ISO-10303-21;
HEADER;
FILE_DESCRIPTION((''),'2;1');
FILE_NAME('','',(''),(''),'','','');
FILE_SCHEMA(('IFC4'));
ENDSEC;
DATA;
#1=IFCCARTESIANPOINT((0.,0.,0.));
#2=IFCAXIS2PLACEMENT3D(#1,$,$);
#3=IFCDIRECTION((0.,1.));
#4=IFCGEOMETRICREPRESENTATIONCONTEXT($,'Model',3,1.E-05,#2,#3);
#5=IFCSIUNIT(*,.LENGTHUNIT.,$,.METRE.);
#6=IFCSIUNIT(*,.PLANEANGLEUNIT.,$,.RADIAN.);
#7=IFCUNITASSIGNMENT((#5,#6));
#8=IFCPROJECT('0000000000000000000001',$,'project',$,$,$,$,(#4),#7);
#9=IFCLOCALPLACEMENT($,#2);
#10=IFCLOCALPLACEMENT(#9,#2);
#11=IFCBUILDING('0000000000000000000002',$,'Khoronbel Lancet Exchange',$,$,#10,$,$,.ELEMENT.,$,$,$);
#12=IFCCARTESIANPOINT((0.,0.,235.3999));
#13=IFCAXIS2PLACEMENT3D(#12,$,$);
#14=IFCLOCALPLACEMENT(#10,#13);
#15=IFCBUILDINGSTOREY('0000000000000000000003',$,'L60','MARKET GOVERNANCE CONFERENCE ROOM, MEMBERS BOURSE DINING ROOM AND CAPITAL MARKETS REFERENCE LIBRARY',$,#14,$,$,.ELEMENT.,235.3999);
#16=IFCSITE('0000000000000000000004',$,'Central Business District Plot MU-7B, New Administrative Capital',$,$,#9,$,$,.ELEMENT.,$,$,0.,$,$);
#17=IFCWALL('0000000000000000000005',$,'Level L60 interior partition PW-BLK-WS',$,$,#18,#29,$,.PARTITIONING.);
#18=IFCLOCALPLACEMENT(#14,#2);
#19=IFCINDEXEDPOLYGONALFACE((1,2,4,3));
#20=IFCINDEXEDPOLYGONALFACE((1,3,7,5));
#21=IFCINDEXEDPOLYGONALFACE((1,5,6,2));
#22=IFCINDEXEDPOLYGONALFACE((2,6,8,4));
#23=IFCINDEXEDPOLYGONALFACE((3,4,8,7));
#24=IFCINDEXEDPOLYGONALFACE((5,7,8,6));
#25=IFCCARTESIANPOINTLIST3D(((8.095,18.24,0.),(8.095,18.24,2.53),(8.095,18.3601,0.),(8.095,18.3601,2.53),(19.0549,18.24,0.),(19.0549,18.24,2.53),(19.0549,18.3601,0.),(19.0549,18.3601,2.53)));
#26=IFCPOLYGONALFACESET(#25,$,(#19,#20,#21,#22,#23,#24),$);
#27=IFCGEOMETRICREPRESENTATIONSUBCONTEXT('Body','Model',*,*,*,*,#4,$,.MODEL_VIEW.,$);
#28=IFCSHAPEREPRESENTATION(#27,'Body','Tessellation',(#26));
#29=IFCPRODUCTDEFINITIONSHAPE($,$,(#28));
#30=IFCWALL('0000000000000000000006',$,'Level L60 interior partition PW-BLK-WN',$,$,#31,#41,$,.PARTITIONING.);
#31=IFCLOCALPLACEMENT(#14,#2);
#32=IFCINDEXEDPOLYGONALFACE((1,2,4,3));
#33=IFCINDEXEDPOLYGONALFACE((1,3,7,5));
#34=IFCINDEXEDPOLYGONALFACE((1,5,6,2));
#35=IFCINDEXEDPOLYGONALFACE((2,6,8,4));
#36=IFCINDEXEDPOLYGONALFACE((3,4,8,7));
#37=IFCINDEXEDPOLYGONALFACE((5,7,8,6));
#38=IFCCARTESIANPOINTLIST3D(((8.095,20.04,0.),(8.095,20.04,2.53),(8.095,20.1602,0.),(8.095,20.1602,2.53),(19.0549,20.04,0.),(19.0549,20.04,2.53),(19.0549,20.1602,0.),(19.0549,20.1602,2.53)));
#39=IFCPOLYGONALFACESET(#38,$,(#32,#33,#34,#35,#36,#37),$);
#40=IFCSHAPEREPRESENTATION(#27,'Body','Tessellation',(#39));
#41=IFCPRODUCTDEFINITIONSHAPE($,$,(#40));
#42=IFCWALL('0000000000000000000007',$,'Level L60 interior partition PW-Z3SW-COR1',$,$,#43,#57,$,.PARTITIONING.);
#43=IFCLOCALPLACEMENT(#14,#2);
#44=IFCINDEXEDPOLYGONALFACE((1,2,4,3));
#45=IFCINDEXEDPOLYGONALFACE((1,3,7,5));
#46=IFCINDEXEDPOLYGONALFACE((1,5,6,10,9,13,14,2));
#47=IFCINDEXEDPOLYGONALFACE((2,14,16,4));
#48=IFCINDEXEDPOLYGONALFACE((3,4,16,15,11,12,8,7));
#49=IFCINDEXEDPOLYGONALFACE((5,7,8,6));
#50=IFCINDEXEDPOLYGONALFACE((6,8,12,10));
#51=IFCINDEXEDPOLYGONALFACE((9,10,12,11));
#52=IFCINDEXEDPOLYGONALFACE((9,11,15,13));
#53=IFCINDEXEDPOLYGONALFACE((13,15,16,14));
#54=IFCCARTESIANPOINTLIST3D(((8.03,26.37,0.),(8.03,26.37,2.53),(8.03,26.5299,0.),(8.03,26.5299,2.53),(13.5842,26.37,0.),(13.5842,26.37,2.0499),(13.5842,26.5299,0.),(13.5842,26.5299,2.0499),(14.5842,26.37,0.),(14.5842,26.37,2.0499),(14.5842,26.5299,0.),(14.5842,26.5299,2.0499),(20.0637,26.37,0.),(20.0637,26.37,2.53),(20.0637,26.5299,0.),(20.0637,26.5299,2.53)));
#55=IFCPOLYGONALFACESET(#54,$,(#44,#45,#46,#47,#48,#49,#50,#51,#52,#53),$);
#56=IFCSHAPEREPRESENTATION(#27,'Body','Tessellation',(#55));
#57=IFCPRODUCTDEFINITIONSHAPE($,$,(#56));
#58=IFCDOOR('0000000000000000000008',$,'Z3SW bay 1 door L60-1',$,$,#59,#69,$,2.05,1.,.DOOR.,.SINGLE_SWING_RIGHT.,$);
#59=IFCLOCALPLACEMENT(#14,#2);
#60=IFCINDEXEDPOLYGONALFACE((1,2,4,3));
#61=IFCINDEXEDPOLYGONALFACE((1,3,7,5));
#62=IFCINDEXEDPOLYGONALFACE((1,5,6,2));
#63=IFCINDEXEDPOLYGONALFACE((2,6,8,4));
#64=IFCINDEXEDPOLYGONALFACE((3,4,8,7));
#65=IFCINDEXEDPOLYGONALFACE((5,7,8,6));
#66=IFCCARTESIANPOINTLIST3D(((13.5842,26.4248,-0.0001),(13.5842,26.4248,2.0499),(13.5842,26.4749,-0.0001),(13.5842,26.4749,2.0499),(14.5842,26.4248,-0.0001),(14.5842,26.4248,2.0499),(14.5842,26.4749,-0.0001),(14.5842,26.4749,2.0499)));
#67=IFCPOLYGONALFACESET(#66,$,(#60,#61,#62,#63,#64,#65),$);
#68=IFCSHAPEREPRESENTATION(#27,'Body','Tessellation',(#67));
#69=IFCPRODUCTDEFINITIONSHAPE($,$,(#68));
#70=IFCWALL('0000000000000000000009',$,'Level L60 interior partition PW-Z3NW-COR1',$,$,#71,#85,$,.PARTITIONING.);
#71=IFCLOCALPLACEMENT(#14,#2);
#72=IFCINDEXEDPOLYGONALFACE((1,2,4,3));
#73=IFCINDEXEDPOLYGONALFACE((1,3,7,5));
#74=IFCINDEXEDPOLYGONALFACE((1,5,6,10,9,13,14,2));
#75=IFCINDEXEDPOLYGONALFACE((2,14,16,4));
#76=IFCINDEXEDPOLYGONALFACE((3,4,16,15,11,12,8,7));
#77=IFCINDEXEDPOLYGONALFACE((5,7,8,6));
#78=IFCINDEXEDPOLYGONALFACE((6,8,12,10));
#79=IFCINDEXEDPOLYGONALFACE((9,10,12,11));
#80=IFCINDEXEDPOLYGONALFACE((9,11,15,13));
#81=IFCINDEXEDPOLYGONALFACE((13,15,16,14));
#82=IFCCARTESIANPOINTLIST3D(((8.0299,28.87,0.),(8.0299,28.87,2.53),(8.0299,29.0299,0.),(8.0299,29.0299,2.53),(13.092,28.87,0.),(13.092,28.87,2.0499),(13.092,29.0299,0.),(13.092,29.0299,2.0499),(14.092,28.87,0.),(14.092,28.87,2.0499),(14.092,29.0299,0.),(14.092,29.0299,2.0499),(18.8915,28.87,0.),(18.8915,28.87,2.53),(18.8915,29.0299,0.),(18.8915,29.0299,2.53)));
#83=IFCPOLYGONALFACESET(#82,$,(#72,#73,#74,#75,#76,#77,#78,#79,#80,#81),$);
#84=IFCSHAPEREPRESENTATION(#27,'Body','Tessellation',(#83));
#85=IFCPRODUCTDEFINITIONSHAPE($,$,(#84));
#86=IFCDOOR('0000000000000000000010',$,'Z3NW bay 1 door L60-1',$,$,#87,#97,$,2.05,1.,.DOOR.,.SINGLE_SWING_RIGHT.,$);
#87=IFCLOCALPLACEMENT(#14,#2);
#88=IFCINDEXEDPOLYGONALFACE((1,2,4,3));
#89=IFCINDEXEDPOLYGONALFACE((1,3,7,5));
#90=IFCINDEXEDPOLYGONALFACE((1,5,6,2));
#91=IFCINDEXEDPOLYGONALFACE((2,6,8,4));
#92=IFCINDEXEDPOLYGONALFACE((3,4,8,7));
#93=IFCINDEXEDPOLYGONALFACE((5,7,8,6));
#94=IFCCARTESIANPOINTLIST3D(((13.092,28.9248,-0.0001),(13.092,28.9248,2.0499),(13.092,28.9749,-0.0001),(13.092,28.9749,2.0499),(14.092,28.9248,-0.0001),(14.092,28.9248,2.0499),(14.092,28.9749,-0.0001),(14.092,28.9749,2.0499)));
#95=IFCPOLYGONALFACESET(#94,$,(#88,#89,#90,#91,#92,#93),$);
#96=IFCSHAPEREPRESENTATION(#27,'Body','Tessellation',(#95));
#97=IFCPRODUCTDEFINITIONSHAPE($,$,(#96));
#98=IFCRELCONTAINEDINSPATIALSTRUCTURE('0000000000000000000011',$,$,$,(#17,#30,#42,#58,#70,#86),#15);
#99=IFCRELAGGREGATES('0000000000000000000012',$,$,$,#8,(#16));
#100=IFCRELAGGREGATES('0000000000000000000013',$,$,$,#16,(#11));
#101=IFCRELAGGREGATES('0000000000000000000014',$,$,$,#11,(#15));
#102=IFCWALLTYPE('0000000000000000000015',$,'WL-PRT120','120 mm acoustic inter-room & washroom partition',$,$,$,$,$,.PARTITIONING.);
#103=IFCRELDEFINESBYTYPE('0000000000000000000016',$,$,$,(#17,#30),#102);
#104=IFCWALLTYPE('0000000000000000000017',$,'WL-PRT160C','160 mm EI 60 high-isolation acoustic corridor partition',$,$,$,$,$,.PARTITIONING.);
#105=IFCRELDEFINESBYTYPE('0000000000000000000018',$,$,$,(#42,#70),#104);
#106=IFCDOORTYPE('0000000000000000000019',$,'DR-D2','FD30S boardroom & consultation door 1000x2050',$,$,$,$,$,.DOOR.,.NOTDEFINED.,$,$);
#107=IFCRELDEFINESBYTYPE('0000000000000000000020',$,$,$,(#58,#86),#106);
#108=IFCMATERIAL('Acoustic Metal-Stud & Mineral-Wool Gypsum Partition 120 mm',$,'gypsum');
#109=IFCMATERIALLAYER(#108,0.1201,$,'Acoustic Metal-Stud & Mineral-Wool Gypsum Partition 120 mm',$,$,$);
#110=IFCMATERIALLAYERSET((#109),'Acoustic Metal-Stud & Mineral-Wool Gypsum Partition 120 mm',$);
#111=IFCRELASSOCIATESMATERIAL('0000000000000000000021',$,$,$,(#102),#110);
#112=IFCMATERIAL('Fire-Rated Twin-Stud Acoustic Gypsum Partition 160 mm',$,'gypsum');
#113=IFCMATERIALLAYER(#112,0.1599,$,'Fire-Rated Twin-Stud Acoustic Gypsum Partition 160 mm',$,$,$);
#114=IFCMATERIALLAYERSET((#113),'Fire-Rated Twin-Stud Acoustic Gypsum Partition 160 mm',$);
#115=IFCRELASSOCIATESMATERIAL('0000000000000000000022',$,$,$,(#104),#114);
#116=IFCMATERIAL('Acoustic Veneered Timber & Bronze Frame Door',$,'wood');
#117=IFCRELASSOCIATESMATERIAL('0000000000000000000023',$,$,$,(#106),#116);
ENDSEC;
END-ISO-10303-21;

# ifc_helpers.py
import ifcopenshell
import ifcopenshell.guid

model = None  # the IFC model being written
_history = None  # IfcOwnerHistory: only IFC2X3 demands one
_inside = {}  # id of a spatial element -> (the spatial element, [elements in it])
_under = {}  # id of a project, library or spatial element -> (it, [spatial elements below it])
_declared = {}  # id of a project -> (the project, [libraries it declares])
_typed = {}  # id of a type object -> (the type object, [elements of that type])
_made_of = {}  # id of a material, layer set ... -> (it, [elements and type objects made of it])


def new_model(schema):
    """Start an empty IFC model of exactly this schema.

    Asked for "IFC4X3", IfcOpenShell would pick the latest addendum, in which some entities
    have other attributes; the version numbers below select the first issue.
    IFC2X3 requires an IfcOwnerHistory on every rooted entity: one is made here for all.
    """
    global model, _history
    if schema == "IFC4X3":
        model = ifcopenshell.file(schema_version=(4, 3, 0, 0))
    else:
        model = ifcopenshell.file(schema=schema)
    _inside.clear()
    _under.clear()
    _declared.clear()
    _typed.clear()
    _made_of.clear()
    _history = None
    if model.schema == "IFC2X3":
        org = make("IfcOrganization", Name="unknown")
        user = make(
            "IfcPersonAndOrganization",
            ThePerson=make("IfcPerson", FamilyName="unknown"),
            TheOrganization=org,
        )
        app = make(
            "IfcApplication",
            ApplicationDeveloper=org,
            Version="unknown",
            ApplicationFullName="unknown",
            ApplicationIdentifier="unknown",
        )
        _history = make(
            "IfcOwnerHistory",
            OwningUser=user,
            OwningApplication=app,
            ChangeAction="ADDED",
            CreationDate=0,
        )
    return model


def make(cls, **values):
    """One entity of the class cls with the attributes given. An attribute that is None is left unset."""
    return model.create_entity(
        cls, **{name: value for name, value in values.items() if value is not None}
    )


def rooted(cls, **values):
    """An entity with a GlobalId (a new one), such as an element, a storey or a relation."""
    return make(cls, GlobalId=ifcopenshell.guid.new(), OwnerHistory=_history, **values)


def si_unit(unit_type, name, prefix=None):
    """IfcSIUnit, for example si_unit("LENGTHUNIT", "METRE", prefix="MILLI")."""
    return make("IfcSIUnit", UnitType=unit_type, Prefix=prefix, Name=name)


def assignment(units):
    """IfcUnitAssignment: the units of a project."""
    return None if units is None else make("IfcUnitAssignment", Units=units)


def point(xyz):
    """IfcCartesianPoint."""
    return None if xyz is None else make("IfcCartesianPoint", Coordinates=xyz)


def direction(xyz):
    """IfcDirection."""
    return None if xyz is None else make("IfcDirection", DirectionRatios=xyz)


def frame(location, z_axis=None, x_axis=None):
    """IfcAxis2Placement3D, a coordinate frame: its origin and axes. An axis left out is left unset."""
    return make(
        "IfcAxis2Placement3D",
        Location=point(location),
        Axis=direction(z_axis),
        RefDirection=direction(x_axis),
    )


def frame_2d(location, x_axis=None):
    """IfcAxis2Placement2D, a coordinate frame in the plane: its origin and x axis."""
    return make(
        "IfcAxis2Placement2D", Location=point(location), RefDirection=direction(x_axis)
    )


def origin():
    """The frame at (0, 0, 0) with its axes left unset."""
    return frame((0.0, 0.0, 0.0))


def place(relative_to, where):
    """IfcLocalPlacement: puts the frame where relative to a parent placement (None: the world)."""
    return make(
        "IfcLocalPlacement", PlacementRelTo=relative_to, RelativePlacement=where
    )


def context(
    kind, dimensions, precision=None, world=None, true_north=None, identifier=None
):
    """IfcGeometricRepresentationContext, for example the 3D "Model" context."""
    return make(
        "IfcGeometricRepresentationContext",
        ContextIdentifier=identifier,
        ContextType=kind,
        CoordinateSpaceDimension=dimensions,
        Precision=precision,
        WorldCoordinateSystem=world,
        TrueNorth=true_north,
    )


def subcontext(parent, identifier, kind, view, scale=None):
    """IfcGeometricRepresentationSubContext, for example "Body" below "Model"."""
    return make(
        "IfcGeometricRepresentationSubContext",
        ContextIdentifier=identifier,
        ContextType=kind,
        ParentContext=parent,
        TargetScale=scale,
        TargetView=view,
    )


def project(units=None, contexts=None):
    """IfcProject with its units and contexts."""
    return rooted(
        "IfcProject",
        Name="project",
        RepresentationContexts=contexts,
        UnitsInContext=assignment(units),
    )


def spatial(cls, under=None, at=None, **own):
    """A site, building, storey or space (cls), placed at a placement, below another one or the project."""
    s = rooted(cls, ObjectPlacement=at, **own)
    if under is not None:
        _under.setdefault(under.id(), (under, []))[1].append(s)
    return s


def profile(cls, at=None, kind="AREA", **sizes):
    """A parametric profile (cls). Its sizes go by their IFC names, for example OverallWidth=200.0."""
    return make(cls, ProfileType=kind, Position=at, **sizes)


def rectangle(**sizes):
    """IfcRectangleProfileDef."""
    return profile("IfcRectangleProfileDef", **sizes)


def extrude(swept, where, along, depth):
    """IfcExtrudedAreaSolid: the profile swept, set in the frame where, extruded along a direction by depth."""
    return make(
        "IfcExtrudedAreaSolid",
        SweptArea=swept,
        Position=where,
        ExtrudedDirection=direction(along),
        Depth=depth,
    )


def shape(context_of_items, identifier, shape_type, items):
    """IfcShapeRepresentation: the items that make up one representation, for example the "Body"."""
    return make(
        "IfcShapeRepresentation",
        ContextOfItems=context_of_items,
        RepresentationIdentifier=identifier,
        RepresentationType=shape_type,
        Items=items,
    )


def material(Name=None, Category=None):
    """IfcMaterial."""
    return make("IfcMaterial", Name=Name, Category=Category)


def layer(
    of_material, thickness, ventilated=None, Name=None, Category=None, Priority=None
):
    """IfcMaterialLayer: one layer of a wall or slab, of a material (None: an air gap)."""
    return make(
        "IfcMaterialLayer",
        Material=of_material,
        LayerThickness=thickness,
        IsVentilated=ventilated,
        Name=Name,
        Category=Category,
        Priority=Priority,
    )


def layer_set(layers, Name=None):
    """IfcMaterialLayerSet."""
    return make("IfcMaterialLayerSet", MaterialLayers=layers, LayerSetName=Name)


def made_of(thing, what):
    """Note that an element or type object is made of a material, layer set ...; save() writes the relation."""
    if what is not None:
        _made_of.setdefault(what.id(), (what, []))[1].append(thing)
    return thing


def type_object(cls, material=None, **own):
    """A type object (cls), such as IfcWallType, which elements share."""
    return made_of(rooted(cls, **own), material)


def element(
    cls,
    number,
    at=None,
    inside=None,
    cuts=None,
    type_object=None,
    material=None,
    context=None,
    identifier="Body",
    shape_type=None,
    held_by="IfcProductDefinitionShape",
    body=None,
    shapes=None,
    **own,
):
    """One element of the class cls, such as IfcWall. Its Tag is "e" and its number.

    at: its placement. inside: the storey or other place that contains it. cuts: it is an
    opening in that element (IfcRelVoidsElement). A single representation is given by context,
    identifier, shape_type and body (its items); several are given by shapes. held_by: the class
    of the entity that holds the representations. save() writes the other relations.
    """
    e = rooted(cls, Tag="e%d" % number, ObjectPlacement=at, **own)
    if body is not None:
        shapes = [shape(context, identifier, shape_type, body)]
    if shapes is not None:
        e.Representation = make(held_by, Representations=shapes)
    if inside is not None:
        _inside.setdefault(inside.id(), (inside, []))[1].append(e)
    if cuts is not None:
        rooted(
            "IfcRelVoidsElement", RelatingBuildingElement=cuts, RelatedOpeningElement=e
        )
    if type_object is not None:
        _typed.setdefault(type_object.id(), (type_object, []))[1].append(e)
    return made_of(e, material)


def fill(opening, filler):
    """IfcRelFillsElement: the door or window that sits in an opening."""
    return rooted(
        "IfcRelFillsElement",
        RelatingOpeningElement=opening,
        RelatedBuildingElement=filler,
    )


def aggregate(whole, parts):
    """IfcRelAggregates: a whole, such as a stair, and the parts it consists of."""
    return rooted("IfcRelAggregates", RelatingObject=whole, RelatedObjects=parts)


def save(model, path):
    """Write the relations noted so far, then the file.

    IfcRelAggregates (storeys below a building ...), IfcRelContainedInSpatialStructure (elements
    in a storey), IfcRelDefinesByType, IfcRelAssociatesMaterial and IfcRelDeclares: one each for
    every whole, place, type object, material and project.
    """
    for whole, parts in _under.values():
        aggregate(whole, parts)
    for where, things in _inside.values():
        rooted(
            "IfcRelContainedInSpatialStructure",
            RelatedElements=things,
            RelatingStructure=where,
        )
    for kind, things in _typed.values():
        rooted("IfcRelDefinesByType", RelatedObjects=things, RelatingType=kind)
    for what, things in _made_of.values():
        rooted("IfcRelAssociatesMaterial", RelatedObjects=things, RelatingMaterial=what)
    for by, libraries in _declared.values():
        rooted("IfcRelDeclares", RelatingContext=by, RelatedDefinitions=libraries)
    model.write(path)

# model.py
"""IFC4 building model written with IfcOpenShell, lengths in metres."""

from ifc_helpers import new_model, si_unit, direction, frame, frame_2d, origin, place, context, subcontext, project, spatial, rectangle, extrude, material, layer, layer_set, type_object, element, fill, save


model = new_model("IFC4")

# Units and contexts
model_context = context("Model", 3, precision=1e-05, world=origin(), true_north=direction((0.0, 1.0)))
body_context = subcontext(model_context, "Body", "Model", "MODEL_VIEW")
ifc_project = project(units=[si_unit("LENGTHUNIT", "METRE"), si_unit("PLANEANGLEUNIT", "RADIAN")], contexts=[model_context])

# Site, building, storey
site_placement = place(None, origin())
site = spatial("IfcSite", under=ifc_project, at=site_placement, Name="Central Business District Plot MU-7B, New Administrative Capital", CompositionType="ELEMENT", RefElevation=0.0)
building_placement = place(site_placement, origin())
building = spatial("IfcBuilding", under=site, at=building_placement, Name="Khoronbel Lancet Exchange", CompositionType="ELEMENT")
storey_placement = place(building_placement, frame((0.0, 0.0, 235.3999)))
storey = spatial("IfcBuildingStorey", under=building, at=storey_placement, Name="L60", Description="MARKET GOVERNANCE CONFERENCE ROOM, MEMBERS BOURSE DINING ROOM AND CAPITAL MARKETS REFERENCE LIBRARY", CompositionType="ELEMENT", Elevation=235.3999)

# Walls
ifc_material_1 = material(Name="Acoustic Metal-Stud & Mineral-Wool Gypsum Partition 120 mm", Category="gypsum")
ifc_layer_1 = layer(ifc_material_1, 0.1201, Name="Acoustic Metal-Stud & Mineral-Wool Gypsum Partition 120 mm")
ifc_layer_set_1 = layer_set([ifc_layer_1], Name="Acoustic Metal-Stud & Mineral-Wool Gypsum Partition 120 mm")
wall_type_1 = type_object("IfcWallType", Name="WL-PRT120", Description="120 mm acoustic inter-room & washroom partition", PredefinedType="PARTITIONING", material=ifc_layer_set_1)
for number, where, z_axis, x_axis, name in (
    (1, (8.095, 18.3, 0.0), (0.0, 0.0, 1.0), (1.0, 0.0, 0.0), "Level L60 interior partition PW-BLK-WS"),
    (2, (8.095, 20.1001, 0.0), (0.0, 0.0, 1.0), (1.0, 0.0, 0.0), "Level L60 interior partition PW-BLK-WN"),
):
    element("IfcWall", number, at=place(storey_placement, frame(where, z_axis=z_axis, x_axis=x_axis)), inside=storey, type_object=wall_type_1, Name=name, PredefinedType="PARTITIONING", context=body_context, shape_type="SweptSolid", body=[
        extrude(rectangle(XDim=10.96, YDim=0.1201, at=frame_2d((5.48, 0.0))), origin(), (0.0, 0.0, 1.0), 2.53),
    ])

# Walls, openings, doors
ifc_material_2 = material(Name="Fire-Rated Twin-Stud Acoustic Gypsum Partition 160 mm", Category="gypsum")
ifc_layer_2 = layer(ifc_material_2, 0.1599, Name="Fire-Rated Twin-Stud Acoustic Gypsum Partition 160 mm")
ifc_layer_set_2 = layer_set([ifc_layer_2], Name="Fire-Rated Twin-Stud Acoustic Gypsum Partition 160 mm")
wall_type_2 = type_object("IfcWallType", Name="WL-PRT160C", Description="160 mm EI 60 high-isolation acoustic corridor partition", PredefinedType="PARTITIONING", material=ifc_layer_set_2)
wall_1_placement = place(storey_placement, frame((8.03, 26.45, 0.0), z_axis=(0.0, 0.0, 1.0), x_axis=(1.0, 0.0, 0.0)))
wall_1 = element("IfcWall", 3, at=wall_1_placement, inside=storey, type_object=wall_type_2, Name="Level L60 interior partition PW-Z3SW-COR1", PredefinedType="PARTITIONING", context=body_context, shape_type="SweptSolid", body=[
    extrude(rectangle(XDim=12.0337, YDim=0.1599, at=frame_2d((6.0168, 0.0))), origin(), (0.0, 0.0, 1.0), 2.53),
])
opening_1_placement = place(wall_1_placement, frame((5.5542, 0.0, 0.0)))
opening_1 = element("IfcOpeningElement", 4, at=opening_1_placement, cuts=wall_1, PredefinedType="OPENING", context=body_context, shape_type="SweptSolid", body=[
    extrude(rectangle(XDim=1.0, YDim=2.05, at=frame_2d((0.5, 1.0249))), frame((0.0, 0.0898, 0.0), z_axis=(0.0, -1.0, 0.0), x_axis=(1.0, 0.0, 0.0)), (0.0, 0.0, 1.0), 0.1799),
])
ifc_material_3 = material(Name="Acoustic Veneered Timber & Bronze Frame Door", Category="wood")
door_type = type_object("IfcDoorType", Name="DR-D2", Description="FD30S boardroom & consultation door 1000x2050", OperationType="NOTDEFINED", PredefinedType="DOOR", material=ifc_material_3)
door_1_placement = place(opening_1_placement, origin())
door_1 = element("IfcDoor", 5, at=door_1_placement, inside=storey, type_object=door_type, Name="Z3SW bay 1 door L60-1", OperationType="SINGLE_SWING_RIGHT", OverallHeight=2.05, OverallWidth=1.0, PredefinedType="DOOR", context=body_context, shape_type="SweptSolid", body=[
    extrude(rectangle(XDim=1.0, YDim=2.05, at=frame_2d((0.5, 1.0249))), frame((0.0, 0.0249, 0.0), z_axis=(0.0, -1.0, 0.0), x_axis=(1.0, 0.0, 0.0)), (0.0, 0.0, 1.0), 0.05),
])
fill(opening_1, door_1)
wall_2_placement = place(storey_placement, frame((8.03, 28.95, 0.0), z_axis=(0.0, 0.0, 1.0), x_axis=(1.0, 0.0, 0.0)))
wall_2 = element("IfcWall", 6, at=wall_2_placement, inside=storey, type_object=wall_type_2, Name="Level L60 interior partition PW-Z3NW-COR1", PredefinedType="PARTITIONING", context=body_context, shape_type="SweptSolid", body=[
    extrude(rectangle(XDim=10.8616, YDim=0.1599, at=frame_2d((5.4307, 0.0))), origin(), (0.0, 0.0, 1.0), 2.53),
])
opening_2_placement = place(wall_2_placement, frame((5.062, 0.0, 0.0)))
opening_2 = element("IfcOpeningElement", 7, at=opening_2_placement, cuts=wall_2, PredefinedType="OPENING", context=body_context, shape_type="SweptSolid", body=[
    extrude(rectangle(XDim=1.0, YDim=2.05, at=frame_2d((0.5, 1.0249))), frame((0.0, 0.0898, 0.0), z_axis=(0.0, -1.0, 0.0), x_axis=(1.0, 0.0, 0.0)), (0.0, 0.0, 1.0), 0.1799),
])
door_2_placement = place(opening_2_placement, origin())
door_2 = element("IfcDoor", 8, at=door_2_placement, inside=storey, type_object=door_type, Name="Z3NW bay 1 door L60-1", OperationType="SINGLE_SWING_RIGHT", OverallHeight=2.05, OverallWidth=1.0, PredefinedType="DOOR", context=body_context, shape_type="SweptSolid", body=[
    extrude(rectangle(XDim=1.0, YDim=2.05, at=frame_2d((0.5, 1.0249))), frame((0.0, 0.0249, 0.0), z_axis=(0.0, -1.0, 0.0), x_axis=(1.0, 0.0, 0.0)), (0.0, 0.0, 1.0), 0.05),
])
fill(opening_2, door_2)

save(model, "model.ifc")
